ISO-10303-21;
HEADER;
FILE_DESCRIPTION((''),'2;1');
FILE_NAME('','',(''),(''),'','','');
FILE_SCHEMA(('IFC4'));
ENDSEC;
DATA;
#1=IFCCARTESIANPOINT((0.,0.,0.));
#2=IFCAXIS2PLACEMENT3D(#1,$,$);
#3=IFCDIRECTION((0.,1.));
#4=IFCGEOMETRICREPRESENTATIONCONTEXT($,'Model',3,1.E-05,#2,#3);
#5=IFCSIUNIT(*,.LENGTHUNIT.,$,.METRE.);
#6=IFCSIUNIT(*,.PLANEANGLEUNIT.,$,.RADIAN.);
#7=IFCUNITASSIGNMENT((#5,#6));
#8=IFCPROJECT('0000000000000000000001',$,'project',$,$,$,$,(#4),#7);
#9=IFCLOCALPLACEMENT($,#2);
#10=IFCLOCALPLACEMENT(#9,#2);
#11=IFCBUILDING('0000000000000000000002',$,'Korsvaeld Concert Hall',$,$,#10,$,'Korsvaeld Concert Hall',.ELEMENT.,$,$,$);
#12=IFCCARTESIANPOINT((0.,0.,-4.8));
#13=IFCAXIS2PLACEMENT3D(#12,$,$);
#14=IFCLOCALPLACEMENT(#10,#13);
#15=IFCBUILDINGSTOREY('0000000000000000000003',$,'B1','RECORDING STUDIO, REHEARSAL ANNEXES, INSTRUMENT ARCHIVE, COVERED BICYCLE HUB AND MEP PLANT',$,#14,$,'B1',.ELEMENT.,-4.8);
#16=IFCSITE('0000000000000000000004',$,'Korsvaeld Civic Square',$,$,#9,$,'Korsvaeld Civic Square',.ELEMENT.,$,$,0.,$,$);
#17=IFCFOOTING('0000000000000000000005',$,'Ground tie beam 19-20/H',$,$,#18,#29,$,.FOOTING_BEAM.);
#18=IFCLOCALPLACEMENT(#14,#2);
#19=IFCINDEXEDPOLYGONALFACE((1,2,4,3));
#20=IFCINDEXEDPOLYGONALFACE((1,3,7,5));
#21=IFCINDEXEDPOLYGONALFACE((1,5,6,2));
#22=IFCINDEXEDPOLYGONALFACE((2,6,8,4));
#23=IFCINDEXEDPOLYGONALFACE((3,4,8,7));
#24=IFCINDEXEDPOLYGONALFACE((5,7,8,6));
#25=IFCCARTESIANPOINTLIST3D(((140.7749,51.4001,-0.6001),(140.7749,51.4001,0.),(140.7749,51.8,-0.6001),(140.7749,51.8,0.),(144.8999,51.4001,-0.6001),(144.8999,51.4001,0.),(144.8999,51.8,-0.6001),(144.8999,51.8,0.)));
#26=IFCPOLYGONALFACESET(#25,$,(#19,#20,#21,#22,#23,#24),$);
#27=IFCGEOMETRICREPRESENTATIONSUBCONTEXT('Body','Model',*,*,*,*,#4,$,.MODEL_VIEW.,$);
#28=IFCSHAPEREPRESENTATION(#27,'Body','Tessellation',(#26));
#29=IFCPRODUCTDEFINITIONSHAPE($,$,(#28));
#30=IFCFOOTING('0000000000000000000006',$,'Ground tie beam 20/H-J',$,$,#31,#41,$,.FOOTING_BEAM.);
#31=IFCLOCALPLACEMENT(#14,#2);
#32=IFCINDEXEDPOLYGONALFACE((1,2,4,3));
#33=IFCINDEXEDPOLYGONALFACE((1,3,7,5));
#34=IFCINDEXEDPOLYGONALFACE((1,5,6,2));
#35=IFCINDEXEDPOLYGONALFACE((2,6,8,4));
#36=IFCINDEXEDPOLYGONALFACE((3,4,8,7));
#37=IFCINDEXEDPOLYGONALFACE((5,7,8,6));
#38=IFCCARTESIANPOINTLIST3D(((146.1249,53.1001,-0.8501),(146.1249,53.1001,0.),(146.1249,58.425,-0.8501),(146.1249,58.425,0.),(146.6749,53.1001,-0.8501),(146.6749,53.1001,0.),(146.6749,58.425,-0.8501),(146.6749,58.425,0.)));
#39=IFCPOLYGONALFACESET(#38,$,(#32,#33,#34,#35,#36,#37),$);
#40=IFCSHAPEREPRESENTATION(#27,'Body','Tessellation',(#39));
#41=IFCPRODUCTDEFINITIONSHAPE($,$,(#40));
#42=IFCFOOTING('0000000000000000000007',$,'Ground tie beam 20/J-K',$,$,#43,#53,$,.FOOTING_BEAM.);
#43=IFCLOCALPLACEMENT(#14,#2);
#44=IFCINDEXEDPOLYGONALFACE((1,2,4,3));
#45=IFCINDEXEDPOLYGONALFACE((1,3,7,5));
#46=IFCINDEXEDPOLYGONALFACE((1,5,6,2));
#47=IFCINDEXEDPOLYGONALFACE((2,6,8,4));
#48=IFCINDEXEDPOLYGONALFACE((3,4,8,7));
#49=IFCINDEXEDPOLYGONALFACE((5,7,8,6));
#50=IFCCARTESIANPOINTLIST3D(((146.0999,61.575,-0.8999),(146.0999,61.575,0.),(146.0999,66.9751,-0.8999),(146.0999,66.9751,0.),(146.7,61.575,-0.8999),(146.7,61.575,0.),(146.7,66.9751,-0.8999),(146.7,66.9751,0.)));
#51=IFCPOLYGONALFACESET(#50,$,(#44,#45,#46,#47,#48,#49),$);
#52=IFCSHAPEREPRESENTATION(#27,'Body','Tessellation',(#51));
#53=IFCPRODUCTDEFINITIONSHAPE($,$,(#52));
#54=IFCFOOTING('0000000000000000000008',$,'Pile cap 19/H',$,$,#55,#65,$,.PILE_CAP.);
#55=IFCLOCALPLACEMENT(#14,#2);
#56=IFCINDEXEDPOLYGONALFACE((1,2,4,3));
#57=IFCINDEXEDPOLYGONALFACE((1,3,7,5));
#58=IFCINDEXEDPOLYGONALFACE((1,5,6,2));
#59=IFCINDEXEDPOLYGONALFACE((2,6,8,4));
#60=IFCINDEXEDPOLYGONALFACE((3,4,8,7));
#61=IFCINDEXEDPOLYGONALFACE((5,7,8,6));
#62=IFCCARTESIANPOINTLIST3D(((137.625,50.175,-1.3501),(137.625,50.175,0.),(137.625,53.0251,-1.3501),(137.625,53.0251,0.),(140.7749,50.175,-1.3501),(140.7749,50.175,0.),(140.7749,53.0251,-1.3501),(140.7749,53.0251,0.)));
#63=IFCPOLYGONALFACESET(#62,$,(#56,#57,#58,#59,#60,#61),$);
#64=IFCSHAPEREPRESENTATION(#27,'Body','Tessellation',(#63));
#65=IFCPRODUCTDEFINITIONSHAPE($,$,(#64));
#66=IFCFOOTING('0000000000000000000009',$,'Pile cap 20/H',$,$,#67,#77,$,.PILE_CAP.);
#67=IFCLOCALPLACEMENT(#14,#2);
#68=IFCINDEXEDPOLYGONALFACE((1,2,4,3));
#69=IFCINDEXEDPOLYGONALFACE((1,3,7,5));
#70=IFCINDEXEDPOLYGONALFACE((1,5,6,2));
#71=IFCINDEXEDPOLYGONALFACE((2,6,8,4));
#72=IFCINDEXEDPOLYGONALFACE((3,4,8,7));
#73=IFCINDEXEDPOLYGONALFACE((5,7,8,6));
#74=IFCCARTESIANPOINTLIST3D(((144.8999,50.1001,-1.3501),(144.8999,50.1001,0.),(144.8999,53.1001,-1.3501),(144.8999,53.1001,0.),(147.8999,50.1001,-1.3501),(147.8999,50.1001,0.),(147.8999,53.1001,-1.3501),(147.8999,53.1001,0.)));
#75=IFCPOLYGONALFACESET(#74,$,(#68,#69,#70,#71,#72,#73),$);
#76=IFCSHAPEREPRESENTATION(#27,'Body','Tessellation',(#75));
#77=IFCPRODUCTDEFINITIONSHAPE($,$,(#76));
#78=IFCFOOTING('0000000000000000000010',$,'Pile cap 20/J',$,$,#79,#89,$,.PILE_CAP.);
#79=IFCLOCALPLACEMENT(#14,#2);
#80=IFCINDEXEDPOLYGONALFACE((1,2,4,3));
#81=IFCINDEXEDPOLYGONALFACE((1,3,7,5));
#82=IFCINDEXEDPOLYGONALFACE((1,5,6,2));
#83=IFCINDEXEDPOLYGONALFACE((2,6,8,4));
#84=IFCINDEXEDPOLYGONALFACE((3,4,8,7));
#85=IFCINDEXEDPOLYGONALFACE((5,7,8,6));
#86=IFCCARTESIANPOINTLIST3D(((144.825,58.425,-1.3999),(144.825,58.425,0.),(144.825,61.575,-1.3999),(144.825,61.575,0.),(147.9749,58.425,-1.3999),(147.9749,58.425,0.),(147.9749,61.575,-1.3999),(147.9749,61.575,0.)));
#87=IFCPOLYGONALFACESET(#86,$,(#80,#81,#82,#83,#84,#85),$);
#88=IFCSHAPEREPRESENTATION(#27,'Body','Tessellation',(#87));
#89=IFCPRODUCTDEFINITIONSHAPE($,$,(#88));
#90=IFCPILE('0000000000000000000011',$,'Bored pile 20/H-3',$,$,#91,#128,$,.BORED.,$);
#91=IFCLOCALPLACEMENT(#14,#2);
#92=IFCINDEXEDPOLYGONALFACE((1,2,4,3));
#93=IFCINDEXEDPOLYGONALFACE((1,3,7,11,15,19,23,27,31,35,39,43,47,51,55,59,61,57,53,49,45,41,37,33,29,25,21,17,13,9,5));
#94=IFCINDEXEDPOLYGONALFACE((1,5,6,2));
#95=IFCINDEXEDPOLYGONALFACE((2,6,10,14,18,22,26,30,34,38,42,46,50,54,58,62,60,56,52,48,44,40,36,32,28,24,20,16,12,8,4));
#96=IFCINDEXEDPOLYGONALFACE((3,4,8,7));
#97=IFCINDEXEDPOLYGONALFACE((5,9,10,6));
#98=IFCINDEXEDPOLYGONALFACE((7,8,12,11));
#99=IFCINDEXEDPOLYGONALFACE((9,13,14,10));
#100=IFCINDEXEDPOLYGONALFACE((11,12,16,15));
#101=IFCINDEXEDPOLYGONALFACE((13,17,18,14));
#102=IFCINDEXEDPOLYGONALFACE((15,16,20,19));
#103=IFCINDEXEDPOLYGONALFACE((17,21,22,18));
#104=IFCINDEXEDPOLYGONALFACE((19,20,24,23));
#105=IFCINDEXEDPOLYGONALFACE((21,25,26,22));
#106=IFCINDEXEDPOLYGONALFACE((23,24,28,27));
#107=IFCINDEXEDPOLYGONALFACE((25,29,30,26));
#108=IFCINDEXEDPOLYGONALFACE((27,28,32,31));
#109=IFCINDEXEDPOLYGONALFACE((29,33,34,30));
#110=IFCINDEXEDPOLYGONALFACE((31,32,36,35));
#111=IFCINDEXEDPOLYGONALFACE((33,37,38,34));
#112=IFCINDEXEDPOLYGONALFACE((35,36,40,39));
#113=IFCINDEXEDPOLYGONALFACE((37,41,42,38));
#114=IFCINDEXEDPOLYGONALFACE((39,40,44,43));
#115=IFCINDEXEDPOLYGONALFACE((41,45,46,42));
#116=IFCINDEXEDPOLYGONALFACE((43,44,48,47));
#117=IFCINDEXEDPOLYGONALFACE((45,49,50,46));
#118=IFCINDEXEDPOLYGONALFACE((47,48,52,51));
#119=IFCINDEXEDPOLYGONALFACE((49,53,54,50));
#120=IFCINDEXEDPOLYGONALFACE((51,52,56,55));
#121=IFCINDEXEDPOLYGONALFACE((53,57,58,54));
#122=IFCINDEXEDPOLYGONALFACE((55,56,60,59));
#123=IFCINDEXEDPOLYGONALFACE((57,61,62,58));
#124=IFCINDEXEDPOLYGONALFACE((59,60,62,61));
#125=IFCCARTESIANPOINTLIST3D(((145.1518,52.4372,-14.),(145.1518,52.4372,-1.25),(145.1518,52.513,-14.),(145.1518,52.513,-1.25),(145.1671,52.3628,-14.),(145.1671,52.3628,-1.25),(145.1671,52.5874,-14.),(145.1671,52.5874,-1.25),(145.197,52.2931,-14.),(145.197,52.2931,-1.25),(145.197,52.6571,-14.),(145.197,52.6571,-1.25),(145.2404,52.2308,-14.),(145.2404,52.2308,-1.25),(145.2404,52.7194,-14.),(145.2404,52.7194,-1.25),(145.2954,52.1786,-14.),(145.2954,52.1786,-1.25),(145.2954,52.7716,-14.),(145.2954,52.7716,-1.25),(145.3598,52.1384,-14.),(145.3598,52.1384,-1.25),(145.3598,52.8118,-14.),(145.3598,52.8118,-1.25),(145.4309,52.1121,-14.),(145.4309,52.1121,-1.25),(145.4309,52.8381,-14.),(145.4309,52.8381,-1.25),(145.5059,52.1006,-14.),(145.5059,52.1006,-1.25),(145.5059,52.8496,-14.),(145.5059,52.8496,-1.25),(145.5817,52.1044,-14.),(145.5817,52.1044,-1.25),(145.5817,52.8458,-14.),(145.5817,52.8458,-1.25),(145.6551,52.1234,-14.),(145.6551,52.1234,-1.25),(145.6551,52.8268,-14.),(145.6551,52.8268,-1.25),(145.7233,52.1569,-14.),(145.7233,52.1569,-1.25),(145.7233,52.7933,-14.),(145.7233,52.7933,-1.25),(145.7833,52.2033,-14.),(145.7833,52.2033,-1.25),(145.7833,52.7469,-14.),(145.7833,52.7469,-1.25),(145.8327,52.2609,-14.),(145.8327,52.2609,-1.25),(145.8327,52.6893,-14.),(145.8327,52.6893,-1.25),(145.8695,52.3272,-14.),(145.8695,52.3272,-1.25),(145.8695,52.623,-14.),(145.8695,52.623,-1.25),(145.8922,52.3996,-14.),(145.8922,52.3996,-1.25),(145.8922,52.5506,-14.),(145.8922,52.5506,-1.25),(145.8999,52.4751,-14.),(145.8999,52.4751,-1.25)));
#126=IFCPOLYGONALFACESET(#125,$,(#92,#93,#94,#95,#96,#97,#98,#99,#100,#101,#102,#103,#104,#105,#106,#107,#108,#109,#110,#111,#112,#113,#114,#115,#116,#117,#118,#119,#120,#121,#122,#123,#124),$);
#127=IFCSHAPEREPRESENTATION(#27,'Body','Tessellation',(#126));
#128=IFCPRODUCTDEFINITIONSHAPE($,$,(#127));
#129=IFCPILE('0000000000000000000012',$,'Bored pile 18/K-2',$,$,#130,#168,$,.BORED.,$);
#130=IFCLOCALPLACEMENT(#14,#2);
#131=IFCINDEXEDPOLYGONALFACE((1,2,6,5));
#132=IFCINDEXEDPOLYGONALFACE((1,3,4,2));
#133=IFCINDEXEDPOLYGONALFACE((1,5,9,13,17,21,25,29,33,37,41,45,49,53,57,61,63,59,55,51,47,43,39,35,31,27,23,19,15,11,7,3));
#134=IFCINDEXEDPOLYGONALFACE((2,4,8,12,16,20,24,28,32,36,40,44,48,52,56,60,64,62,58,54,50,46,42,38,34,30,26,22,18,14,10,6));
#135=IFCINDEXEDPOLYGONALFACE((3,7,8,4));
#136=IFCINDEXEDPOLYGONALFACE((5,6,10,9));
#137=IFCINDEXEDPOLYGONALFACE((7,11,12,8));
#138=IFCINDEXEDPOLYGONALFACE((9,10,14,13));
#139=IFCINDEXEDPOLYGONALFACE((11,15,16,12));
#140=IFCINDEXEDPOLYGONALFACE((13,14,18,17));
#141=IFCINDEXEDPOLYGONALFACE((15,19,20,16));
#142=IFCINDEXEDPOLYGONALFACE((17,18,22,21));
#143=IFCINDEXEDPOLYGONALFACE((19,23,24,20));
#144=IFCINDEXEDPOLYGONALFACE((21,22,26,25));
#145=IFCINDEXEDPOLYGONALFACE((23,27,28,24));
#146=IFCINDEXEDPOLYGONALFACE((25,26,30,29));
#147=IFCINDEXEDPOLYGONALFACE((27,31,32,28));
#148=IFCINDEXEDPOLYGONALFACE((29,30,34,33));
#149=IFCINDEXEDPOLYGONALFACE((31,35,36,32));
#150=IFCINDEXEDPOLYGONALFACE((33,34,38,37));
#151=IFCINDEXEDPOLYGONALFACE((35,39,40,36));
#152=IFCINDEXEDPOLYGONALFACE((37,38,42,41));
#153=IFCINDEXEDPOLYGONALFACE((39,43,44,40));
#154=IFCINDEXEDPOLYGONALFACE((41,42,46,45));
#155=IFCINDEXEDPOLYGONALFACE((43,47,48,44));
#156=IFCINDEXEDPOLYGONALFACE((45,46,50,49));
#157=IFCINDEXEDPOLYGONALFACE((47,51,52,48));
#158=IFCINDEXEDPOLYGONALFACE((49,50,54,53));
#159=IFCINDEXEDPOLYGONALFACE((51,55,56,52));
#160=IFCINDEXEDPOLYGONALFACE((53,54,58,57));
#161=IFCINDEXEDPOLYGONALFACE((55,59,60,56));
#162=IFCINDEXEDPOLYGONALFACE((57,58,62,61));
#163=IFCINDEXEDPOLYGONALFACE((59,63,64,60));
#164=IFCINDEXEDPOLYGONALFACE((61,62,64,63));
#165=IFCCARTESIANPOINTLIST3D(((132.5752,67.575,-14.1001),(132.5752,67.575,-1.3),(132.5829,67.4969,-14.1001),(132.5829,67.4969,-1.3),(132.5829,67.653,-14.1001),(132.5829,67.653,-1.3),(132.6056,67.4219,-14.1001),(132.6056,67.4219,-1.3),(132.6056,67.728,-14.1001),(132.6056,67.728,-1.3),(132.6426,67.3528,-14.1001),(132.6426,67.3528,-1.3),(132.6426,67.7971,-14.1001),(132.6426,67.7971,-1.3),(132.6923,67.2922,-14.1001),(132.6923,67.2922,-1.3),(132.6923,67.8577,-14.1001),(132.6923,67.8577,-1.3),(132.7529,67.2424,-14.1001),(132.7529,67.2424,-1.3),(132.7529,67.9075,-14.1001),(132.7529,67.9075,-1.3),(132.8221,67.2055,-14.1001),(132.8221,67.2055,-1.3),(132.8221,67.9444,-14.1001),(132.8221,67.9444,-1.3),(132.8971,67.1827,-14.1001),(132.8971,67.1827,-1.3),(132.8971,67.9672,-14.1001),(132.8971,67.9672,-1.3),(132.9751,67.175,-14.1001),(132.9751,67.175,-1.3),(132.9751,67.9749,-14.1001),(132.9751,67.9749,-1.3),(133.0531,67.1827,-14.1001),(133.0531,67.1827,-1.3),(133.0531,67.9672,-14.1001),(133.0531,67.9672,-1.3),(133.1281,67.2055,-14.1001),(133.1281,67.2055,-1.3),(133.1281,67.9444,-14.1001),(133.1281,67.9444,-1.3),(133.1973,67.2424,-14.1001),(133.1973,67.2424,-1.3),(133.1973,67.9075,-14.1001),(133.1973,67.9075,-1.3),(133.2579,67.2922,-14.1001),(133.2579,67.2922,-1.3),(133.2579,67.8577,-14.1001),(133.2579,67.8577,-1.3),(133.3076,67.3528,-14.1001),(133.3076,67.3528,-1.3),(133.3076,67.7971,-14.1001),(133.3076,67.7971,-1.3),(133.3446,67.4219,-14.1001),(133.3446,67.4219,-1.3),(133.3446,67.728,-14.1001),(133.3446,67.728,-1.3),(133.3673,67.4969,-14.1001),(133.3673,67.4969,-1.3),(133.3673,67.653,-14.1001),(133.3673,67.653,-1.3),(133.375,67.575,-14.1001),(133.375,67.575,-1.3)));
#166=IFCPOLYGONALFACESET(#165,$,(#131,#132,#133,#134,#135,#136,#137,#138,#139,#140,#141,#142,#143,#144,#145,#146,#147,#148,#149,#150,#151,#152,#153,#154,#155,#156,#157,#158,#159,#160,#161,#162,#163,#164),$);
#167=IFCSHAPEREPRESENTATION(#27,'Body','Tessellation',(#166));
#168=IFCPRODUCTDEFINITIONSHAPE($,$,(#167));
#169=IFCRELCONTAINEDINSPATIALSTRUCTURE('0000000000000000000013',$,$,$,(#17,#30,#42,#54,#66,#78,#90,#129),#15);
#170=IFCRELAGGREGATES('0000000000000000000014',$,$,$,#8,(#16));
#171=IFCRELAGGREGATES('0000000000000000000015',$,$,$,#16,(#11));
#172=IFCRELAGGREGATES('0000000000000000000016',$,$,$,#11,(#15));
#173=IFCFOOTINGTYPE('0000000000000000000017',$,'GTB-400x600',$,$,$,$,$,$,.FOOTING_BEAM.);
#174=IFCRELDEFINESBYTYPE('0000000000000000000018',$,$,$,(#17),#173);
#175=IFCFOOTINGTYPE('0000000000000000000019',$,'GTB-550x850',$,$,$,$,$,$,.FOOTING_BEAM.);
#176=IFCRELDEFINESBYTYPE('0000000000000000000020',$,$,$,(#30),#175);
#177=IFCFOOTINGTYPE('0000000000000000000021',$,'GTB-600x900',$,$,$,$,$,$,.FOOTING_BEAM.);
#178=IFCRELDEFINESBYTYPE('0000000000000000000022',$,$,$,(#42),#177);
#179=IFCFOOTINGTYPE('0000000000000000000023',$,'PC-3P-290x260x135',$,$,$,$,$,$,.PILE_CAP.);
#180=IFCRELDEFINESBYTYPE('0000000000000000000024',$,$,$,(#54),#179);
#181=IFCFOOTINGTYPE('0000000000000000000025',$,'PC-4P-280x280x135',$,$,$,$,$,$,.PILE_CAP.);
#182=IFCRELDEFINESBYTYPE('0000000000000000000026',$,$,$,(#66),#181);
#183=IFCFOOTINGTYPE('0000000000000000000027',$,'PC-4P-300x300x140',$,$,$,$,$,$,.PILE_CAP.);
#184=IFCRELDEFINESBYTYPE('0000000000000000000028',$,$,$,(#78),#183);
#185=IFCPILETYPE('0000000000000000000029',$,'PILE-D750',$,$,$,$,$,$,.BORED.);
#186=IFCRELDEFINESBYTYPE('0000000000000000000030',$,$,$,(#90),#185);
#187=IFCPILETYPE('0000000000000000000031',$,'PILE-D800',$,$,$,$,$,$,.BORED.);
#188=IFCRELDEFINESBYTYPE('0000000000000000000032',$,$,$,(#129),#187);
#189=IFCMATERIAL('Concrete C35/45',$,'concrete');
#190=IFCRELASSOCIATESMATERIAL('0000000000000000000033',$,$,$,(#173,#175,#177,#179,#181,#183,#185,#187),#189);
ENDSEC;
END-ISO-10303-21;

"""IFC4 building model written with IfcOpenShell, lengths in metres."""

from ifc_helpers import new_model, si_unit, direction, frame, origin, origin_2d, place, context, subcontext, project, spatial, rectangle, circle, extrude, material, material_profile, profile_set, type_object, element, save


model = new_model("IFC4")

# Units and contexts
model_context = context("Model", 3, precision=1e-05, world=origin(), true_north=direction((0.0, 1.0)))
body_context = subcontext(model_context, "Body", "Model", "MODEL_VIEW")
ifc_project = project(units=[si_unit("LENGTHUNIT", "METRE"), si_unit("PLANEANGLEUNIT", "RADIAN")], contexts=[model_context])

# Site, building, storey
site_placement = place(None, origin())
site = spatial("IfcSite", under=ifc_project, at=site_placement, Name="Korsvaeld Civic Square", LongName="Korsvaeld Civic Square", CompositionType="ELEMENT", RefElevation=0.0)
building_placement = place(site_placement, origin())
building = spatial("IfcBuilding", under=site, at=building_placement, Name="Korsvaeld Concert Hall", LongName="Korsvaeld Concert Hall", CompositionType="ELEMENT")
storey_placement = place(building_placement, frame((0.0, 0.0, -4.8)))
storey = spatial("IfcBuildingStorey", under=building, at=storey_placement, Name="B1", Description="RECORDING STUDIO, REHEARSAL ANNEXES, INSTRUMENT ARCHIVE, COVERED BICYCLE HUB AND MEP PLANT", LongName="B1", CompositionType="ELEMENT", Elevation=-4.8)

# Footings
ifc_material_1 = material(Name="Concrete C35/45", Category="concrete")
ifc_material_profile_1 = material_profile(ifc_material_1, rectangle(XDim=0.3999, YDim=0.6001, at=origin_2d()), Name="GTB 400x600")
ifc_profile_set_1 = profile_set([ifc_material_profile_1], Name="Concrete C35/45")
footing_type_1 = type_object("IfcFootingType", Name="GTB-400x600", PredefinedType="FOOTING_BEAM", material=ifc_profile_set_1)
footing_1_placement = place(storey_placement, frame((140.7749, 51.6001, -0.3), z_axis=(1.0, 0.0, 0.0), x_axis=(0.0, 1.0, 0.0)))
element("IfcFooting", 1, at=footing_1_placement, inside=storey, type_object=footing_type_1, Name="Ground tie beam 19-20/H", PredefinedType="FOOTING_BEAM", context=body_context, shape_type="SweptSolid", body=[
    extrude(rectangle(XDim=0.3999, YDim=0.6001, at=origin_2d()), origin(), (0.0, 0.0, 1.0), 4.125),
])
ifc_material_profile_2 = material_profile(ifc_material_1, rectangle(XDim=0.55, YDim=0.8501, at=origin_2d()), Name="GTB 550x850")
ifc_profile_set_2 = profile_set([ifc_material_profile_2], Name="Concrete C35/45")
footing_type_2 = type_object("IfcFootingType", Name="GTB-550x850", PredefinedType="FOOTING_BEAM", material=ifc_profile_set_2)
footing_2_placement = place(storey_placement, frame((146.3999, 53.1001, -0.425), z_axis=(0.0, 1.0, 0.0), x_axis=(-1.0, 0.0, 0.0)))
element("IfcFooting", 2, at=footing_2_placement, inside=storey, type_object=footing_type_2, Name="Ground tie beam 20/H-J", PredefinedType="FOOTING_BEAM", context=body_context, shape_type="SweptSolid", body=[
    extrude(rectangle(XDim=0.55, YDim=0.8501, at=origin_2d()), origin(), (0.0, 0.0, 1.0), 5.325),
])
ifc_material_profile_3 = material_profile(ifc_material_1, rectangle(XDim=0.6001, YDim=0.8999, at=origin_2d()), Name="GTB 600x900")
ifc_profile_set_3 = profile_set([ifc_material_profile_3], Name="Concrete C35/45")
footing_type_3 = type_object("IfcFootingType", Name="GTB-600x900", PredefinedType="FOOTING_BEAM", material=ifc_profile_set_3)
footing_3_placement = place(storey_placement, frame((146.3999, 61.575, -0.45), z_axis=(0.0, 1.0, 0.0), x_axis=(-1.0, 0.0, 0.0)))
element("IfcFooting", 3, at=footing_3_placement, inside=storey, type_object=footing_type_3, Name="Ground tie beam 20/J-K", PredefinedType="FOOTING_BEAM", context=body_context, shape_type="SweptSolid", body=[
    extrude(rectangle(XDim=0.6001, YDim=0.8999, at=origin_2d()), origin(), (0.0, 0.0, 1.0), 5.4001),
])
footing_type_4 = type_object("IfcFootingType", Name="PC-3P-290x260x135", PredefinedType="PILE_CAP", material=ifc_material_1)
footing_4_placement = place(storey_placement, frame((139.2, 51.6001, -1.3501), z_axis=(0.0, 0.0, 1.0), x_axis=(1.0, 0.0, 0.0)))
element("IfcFooting", 4, at=footing_4_placement, inside=storey, type_object=footing_type_4, Name="Pile cap 19/H", PredefinedType="PILE_CAP", context=body_context, shape_type="SweptSolid", body=[
    extrude(rectangle(XDim=3.1499, YDim=2.8501, at=origin_2d()), origin(), (0.0, 0.0, 1.0), 1.3501),
])
footing_type_5 = type_object("IfcFootingType", Name="PC-4P-280x280x135", PredefinedType="PILE_CAP", material=ifc_material_1)
footing_5_placement = place(storey_placement, frame((146.3999, 51.6001, -1.3501), z_axis=(0.0, 0.0, 1.0), x_axis=(1.0, 0.0, 0.0)))
element("IfcFooting", 5, at=footing_5_placement, inside=storey, type_object=footing_type_5, Name="Pile cap 20/H", PredefinedType="PILE_CAP", context=body_context, shape_type="SweptSolid", body=[
    extrude(rectangle(XDim=3.0, YDim=3.0, at=origin_2d()), origin(), (0.0, 0.0, 1.0), 1.3501),
])
footing_type_6 = type_object("IfcFootingType", Name="PC-4P-300x300x140", PredefinedType="PILE_CAP", material=ifc_material_1)
footing_6_placement = place(storey_placement, frame((146.3999, 60.0, -1.3999), z_axis=(0.0, 0.0, 1.0), x_axis=(1.0, 0.0, 0.0)))
element("IfcFooting", 6, at=footing_6_placement, inside=storey, type_object=footing_type_6, Name="Pile cap 20/J", PredefinedType="PILE_CAP", context=body_context, shape_type="SweptSolid", body=[
    extrude(rectangle(XDim=3.1499, YDim=3.1499, at=origin_2d()), origin(), (0.0, 0.0, 1.0), 1.3999),
])

# Piles
ifc_material_profile_4 = material_profile(ifc_material_1, circle(Radius=0.375, at=origin_2d()), Name="BORED PILE D750")
ifc_profile_set_4 = profile_set([ifc_material_profile_4], Name="Concrete C35/45")
pile_type_1 = type_object("IfcPileType", Name="PILE-D750", PredefinedType="BORED", material=ifc_profile_set_4)
pile_1_placement = place(storey_placement, frame((145.5249, 52.4751, -1.25), z_axis=(0.0, 0.0, -1.0), x_axis=(1.0, 0.0, 0.0)))
element("IfcPile", 7, at=pile_1_placement, inside=storey, type_object=pile_type_1, Name="Bored pile 20/H-3", PredefinedType="BORED", context=body_context, shape_type="SweptSolid", body=[
    extrude(circle(Radius=0.375, at=origin_2d()), origin(), (0.0, 0.0, 1.0), 12.75),
])
ifc_material_profile_5 = material_profile(ifc_material_1, circle(Radius=0.3999, at=origin_2d()), Name="BORED PILE D800")
ifc_profile_set_5 = profile_set([ifc_material_profile_5], Name="Concrete C35/45")
pile_type_2 = type_object("IfcPileType", Name="PILE-D800", PredefinedType="BORED", material=ifc_profile_set_5)
pile_2_placement = place(storey_placement, frame((132.9751, 67.575, -1.3), z_axis=(0.0, 0.0, -1.0), x_axis=(1.0, 0.0, 0.0)))
element("IfcPile", 8, at=pile_2_placement, inside=storey, type_object=pile_type_2, Name="Bored pile 18/K-2", PredefinedType="BORED", context=body_context, shape_type="SweptSolid", body=[
    extrude(circle(Radius=0.3999, at=origin_2d()), origin(), (0.0, 0.0, 1.0), 12.8),
])

save(model, "model.ifc")
